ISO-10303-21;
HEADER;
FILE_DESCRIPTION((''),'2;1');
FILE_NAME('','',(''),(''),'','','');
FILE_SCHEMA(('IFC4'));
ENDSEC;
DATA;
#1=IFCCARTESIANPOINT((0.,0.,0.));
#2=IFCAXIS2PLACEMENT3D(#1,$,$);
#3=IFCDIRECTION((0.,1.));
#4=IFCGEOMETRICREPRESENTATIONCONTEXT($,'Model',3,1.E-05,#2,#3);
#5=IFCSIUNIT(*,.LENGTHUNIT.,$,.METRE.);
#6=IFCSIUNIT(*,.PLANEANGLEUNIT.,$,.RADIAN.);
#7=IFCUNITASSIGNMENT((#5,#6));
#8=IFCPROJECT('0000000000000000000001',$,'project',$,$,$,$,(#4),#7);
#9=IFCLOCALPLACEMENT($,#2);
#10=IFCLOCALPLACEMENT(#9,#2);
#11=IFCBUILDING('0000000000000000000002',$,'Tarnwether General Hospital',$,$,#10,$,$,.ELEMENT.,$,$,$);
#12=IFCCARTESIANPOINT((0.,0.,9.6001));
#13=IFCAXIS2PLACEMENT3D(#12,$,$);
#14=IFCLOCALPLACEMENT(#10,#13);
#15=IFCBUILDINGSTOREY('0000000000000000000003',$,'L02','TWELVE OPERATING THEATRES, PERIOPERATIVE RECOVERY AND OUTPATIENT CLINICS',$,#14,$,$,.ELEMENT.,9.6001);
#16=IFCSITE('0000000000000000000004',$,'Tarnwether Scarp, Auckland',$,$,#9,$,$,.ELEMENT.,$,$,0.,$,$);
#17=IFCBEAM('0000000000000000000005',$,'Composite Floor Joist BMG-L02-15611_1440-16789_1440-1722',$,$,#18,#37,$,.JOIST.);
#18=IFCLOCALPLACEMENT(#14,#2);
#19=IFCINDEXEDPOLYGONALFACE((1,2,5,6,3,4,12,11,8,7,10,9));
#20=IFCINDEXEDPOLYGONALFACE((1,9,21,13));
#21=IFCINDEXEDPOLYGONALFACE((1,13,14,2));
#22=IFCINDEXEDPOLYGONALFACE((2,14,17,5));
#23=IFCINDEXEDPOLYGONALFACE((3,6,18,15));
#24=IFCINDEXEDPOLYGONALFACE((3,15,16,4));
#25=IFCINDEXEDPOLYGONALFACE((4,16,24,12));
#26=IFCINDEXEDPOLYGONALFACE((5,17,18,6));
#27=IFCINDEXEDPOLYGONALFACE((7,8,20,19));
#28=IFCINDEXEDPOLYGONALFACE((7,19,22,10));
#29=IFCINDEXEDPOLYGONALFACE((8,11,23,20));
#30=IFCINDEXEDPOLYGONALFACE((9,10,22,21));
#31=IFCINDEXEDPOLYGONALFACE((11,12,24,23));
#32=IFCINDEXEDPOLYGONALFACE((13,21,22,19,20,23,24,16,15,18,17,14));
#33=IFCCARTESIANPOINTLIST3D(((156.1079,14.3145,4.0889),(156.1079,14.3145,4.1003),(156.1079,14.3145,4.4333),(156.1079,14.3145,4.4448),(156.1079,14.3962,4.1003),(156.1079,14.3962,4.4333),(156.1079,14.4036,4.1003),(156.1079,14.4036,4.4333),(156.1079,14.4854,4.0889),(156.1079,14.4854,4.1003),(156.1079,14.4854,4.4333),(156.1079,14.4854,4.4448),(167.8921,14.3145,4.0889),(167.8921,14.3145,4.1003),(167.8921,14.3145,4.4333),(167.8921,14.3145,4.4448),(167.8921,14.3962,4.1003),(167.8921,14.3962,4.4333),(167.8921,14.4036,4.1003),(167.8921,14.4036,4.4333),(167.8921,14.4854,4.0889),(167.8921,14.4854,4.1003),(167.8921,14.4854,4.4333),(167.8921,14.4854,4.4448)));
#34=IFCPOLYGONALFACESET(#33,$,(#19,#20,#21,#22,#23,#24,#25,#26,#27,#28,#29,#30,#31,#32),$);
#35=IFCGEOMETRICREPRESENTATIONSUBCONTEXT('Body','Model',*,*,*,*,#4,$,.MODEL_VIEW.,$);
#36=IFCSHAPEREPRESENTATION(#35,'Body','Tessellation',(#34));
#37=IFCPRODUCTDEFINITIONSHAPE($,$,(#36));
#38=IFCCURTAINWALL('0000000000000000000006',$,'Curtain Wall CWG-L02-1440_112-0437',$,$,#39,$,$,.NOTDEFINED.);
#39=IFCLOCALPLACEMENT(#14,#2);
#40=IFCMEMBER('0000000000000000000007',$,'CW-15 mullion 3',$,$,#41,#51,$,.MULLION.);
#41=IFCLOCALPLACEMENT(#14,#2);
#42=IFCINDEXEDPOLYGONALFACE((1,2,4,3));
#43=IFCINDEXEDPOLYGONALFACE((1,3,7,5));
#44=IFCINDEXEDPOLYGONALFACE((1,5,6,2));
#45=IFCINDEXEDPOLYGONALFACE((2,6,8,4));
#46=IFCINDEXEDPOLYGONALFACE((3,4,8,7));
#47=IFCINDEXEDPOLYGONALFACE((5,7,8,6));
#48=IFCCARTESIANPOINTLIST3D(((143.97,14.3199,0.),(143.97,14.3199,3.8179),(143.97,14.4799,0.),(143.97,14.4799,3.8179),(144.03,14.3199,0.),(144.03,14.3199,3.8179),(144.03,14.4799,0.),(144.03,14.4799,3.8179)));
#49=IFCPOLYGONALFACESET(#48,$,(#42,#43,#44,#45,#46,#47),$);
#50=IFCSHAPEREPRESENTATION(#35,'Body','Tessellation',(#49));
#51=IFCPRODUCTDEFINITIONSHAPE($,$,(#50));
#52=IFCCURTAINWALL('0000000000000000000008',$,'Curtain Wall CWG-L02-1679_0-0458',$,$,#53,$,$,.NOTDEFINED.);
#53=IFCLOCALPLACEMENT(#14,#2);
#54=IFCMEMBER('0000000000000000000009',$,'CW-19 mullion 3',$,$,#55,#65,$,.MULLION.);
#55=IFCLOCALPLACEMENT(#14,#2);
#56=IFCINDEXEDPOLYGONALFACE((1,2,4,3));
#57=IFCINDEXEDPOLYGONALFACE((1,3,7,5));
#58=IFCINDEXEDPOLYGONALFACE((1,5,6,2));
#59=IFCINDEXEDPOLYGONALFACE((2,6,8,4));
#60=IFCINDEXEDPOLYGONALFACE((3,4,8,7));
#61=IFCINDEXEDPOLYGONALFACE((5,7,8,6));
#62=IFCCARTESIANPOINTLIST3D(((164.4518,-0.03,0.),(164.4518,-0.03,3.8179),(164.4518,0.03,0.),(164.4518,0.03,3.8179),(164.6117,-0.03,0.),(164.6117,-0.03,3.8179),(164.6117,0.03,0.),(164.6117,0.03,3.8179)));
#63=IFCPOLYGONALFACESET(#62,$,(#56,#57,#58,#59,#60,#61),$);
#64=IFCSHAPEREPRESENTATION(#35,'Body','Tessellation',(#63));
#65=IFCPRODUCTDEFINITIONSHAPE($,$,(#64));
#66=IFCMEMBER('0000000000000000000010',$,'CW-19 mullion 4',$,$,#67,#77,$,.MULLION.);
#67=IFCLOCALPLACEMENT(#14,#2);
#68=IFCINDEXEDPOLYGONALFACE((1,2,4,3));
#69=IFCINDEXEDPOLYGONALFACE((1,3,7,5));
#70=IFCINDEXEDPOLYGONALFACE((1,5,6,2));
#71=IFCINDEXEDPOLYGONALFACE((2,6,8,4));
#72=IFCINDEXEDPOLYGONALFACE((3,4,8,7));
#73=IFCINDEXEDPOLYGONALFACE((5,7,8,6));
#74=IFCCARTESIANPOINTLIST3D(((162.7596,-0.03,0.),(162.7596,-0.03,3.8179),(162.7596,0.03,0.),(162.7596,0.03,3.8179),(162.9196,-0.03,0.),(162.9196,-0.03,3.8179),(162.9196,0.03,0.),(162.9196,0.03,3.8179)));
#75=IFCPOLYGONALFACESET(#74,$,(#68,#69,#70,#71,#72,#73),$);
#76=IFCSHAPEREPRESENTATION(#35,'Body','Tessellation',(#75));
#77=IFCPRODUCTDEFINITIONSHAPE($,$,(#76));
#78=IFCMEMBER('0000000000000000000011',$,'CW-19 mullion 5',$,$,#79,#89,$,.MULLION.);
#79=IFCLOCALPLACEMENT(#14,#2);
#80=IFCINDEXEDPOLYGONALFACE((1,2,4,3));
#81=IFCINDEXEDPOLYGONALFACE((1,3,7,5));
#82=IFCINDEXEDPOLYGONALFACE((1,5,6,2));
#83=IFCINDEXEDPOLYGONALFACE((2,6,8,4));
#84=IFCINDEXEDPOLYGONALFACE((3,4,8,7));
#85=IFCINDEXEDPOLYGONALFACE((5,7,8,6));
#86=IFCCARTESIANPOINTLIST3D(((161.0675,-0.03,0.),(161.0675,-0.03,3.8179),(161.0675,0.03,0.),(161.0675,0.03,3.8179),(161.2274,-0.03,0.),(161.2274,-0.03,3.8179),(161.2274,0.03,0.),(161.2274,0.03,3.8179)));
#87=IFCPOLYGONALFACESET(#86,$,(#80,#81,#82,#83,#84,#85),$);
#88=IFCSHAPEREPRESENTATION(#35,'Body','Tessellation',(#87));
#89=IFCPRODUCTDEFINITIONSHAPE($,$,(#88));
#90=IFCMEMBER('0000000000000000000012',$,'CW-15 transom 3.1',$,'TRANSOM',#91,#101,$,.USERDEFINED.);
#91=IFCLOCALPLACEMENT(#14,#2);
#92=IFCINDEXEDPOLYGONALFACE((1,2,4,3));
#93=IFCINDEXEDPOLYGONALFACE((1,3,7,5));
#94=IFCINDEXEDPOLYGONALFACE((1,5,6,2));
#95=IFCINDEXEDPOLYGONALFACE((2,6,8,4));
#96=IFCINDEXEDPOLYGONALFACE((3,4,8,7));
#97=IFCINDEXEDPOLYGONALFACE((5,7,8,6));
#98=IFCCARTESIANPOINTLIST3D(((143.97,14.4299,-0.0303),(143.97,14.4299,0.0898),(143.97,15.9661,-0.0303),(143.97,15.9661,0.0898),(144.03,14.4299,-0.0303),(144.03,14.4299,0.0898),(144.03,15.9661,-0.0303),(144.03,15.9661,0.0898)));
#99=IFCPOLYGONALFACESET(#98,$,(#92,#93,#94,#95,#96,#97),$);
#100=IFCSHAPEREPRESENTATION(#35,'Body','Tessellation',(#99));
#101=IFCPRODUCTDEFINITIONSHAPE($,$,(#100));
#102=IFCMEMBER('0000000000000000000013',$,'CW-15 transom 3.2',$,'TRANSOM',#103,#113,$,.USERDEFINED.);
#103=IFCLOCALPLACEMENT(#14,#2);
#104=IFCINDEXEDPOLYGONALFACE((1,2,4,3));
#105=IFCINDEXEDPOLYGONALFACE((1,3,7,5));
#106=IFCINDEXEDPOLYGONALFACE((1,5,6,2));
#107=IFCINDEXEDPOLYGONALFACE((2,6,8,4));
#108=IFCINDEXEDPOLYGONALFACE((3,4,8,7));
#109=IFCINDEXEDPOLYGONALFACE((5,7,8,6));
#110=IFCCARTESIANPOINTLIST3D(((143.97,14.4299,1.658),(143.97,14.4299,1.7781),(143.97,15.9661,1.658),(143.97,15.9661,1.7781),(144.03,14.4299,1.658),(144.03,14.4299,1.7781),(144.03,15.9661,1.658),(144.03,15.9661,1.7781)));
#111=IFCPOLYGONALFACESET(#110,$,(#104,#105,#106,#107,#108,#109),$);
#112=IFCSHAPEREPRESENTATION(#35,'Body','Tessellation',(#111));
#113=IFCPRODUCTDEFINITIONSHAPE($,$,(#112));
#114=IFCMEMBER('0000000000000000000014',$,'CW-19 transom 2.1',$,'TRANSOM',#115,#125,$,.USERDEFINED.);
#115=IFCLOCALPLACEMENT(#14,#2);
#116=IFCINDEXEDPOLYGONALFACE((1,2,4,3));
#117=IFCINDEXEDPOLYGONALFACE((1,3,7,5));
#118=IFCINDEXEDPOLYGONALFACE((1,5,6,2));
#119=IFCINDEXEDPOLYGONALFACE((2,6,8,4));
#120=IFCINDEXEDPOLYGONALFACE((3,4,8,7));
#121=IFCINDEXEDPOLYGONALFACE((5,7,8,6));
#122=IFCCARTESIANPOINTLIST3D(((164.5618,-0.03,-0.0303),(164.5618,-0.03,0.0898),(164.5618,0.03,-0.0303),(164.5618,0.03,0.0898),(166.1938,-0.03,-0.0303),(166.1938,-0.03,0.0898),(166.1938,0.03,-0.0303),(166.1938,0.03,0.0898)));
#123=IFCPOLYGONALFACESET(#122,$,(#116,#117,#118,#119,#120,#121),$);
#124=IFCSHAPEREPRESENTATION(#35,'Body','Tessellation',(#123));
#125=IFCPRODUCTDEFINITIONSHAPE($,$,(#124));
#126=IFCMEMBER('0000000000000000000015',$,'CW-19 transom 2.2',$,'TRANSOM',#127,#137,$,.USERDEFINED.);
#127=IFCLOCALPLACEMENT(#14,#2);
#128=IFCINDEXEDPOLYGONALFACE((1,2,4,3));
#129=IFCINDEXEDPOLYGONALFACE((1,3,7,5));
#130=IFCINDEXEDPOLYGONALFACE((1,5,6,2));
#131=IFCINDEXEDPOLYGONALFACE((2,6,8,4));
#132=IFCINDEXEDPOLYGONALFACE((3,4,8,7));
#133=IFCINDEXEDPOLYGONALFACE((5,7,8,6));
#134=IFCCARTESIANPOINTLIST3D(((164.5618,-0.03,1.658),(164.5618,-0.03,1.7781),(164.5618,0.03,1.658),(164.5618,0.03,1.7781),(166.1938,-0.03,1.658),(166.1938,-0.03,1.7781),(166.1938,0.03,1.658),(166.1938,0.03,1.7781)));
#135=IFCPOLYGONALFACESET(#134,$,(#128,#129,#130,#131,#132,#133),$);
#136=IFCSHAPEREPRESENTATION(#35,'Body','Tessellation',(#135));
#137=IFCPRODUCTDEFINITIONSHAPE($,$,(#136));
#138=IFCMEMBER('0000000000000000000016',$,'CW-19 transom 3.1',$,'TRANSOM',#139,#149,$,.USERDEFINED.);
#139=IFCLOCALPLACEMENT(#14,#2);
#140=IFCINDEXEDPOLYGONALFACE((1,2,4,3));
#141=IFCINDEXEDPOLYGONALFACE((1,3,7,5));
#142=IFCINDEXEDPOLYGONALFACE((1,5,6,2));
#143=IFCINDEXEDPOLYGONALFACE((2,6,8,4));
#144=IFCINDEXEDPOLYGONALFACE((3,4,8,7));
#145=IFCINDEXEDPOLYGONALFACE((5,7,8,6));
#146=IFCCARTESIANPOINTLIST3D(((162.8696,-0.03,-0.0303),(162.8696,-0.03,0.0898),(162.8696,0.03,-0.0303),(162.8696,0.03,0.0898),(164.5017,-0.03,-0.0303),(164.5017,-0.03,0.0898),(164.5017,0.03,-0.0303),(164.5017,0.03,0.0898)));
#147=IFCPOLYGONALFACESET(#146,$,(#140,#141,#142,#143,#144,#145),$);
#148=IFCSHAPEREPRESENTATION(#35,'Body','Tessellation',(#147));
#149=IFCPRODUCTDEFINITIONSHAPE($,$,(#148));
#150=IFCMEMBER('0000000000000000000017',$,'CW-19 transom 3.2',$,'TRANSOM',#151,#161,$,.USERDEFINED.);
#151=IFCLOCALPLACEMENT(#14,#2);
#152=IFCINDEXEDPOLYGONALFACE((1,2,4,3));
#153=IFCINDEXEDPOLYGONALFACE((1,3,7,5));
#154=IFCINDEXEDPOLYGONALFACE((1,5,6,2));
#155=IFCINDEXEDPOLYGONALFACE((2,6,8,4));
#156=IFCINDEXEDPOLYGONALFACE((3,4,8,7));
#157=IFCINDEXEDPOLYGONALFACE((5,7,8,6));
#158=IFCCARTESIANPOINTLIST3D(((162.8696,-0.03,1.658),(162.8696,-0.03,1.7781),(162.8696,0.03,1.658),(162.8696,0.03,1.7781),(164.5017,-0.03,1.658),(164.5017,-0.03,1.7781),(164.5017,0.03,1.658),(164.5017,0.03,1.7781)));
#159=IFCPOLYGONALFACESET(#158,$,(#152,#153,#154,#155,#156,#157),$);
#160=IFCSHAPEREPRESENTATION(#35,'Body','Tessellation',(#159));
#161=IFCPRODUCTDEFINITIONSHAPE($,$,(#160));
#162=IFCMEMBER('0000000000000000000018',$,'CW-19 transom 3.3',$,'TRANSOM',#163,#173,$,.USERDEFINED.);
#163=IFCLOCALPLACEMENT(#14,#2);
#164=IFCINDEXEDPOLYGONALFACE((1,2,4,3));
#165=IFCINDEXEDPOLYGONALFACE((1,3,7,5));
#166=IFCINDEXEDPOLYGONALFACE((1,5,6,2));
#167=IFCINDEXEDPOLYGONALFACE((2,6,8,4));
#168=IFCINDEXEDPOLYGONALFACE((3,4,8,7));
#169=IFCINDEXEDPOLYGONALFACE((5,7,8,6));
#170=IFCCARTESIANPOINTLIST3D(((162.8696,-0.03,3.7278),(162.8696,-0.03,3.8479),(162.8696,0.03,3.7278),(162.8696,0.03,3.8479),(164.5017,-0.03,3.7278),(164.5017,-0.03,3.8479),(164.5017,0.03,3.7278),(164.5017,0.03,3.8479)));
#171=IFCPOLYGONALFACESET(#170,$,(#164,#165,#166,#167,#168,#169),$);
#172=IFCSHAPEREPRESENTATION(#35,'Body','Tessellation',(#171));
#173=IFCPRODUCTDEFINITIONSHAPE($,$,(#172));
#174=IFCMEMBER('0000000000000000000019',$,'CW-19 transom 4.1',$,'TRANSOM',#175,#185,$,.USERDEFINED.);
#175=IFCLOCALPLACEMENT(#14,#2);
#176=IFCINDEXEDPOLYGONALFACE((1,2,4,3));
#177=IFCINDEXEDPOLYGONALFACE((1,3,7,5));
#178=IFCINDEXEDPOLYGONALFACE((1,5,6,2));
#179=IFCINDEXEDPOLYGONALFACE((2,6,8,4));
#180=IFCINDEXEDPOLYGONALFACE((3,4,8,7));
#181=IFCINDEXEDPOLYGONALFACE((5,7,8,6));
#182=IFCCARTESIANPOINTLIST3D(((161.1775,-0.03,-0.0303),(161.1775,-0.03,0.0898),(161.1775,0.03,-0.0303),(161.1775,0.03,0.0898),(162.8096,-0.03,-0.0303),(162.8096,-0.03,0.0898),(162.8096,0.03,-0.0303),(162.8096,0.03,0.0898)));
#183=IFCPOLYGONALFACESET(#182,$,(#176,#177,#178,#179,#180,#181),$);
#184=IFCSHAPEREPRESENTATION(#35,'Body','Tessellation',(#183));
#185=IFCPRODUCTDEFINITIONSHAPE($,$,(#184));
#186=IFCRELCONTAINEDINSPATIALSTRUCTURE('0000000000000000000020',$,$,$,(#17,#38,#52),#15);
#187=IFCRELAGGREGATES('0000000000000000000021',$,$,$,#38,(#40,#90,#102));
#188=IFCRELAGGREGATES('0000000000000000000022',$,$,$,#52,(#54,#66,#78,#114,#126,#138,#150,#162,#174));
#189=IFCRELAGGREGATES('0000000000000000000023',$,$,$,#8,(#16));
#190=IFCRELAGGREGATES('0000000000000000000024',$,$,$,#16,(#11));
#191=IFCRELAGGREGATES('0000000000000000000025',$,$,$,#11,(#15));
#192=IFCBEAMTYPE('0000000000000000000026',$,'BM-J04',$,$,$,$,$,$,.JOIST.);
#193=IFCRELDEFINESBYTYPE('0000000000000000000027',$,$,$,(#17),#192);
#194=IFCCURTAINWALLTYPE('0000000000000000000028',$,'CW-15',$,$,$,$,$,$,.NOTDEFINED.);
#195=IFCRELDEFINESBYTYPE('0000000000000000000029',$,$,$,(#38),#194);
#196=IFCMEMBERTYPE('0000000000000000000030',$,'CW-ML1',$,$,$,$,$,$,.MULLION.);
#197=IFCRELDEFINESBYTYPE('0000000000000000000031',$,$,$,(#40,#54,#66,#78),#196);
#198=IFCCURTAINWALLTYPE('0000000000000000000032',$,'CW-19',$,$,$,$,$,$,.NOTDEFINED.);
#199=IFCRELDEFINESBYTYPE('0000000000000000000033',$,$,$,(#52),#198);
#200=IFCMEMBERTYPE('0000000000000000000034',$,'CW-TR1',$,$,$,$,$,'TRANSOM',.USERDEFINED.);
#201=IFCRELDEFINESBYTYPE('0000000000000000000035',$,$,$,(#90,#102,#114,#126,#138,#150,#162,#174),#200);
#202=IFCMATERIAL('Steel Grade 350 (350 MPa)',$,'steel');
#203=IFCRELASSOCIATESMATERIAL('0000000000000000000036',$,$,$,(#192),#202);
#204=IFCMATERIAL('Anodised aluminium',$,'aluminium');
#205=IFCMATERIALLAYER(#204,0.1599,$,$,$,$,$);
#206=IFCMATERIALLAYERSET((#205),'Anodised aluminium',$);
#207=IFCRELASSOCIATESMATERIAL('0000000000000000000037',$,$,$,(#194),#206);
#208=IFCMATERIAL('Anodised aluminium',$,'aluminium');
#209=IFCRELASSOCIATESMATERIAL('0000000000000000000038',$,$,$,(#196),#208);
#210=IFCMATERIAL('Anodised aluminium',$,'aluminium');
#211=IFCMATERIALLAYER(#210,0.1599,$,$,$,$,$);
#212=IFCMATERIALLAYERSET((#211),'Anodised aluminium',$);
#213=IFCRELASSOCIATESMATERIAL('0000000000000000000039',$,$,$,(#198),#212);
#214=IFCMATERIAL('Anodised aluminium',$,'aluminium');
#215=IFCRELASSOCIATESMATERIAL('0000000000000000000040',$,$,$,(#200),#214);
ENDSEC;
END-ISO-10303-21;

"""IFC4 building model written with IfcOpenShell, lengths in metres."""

from ifc_helpers import new_model, si_unit, direction, frame, origin, origin_2d, place, context, subcontext, project, spatial, rectangle, i_section, extrude, material, layer, layer_set, material_profile, profile_set, type_object, element, aggregate, save


model = new_model("IFC4")

# Units and contexts
model_context = context("Model", 3, precision=1e-05, world=origin(), true_north=direction((0.0, 1.0)))
body_context = subcontext(model_context, "Body", "Model", "MODEL_VIEW")
ifc_project = project(units=[si_unit("LENGTHUNIT", "METRE"), si_unit("PLANEANGLEUNIT", "RADIAN")], contexts=[model_context])

# Site, building, storey
site_placement = place(None, origin())
site = spatial("IfcSite", under=ifc_project, at=site_placement, Name="Tarnwether Scarp, Auckland", CompositionType="ELEMENT", RefElevation=0.0)
building_placement = place(site_placement, origin())
building = spatial("IfcBuilding", under=site, at=building_placement, Name="Tarnwether General Hospital", CompositionType="ELEMENT")
storey_placement = place(building_placement, frame((0.0, 0.0, 9.6001)))
storey = spatial("IfcBuildingStorey", under=building, at=storey_placement, Name="L02", Description="TWELVE OPERATING THEATRES, PERIOPERATIVE RECOVERY AND OUTPATIENT CLINICS", CompositionType="ELEMENT", Elevation=9.6001)

# Beam
ifc_material_1 = material(Name="Steel Grade 350 (350 MPa)", Category="steel")
ifc_material_profile_1 = material_profile(ifc_material_1, i_section(OverallWidth=0.1709, OverallDepth=0.356, WebThickness=0.0073, FlangeThickness=0.0115, at=origin_2d()), Name="360UB50.7")
ifc_profile_set_1 = profile_set([ifc_material_profile_1], Name="Steel Grade 350 (350 MPa)")
beam_type_1 = type_object("IfcBeamType", Name="BM-J04", PredefinedType="JOIST", material=ifc_profile_set_1)
for number, where, z_axis, x_axis, name in (
    (1, (156.1079, 14.3999, 4.2668), (1.0, 0.0, 0.0), (0.0, 1.0, 0.0), "Composite Floor Joist BMG-L02-15611_1440-16789_1440-1722"),
):
    element("IfcBeam", number, at=place(storey_placement, frame(where, z_axis=z_axis, x_axis=x_axis)), inside=storey, type_object=beam_type_1, Name=name, PredefinedType="JOIST", context=body_context, shape_type="SweptSolid", body=[
        extrude(i_section(OverallWidth=0.1709, OverallDepth=0.356, WebThickness=0.0073, FlangeThickness=0.0115, at=origin_2d()), origin(), (0.0, 0.0, 1.0), 11.7842),
    ])

# Curtain wall, member
ifc_material_2 = material(Name="Anodised aluminium", Category="aluminium")
ifc_layer_1 = layer(ifc_material_2, 0.1599)
ifc_layer_set_1 = layer_set([ifc_layer_1], Name="Anodised aluminium")
curtain_wall_type_1 = type_object("IfcCurtainWallType", Name="CW-15", PredefinedType="NOTDEFINED", material=ifc_layer_set_1)
curtain_wall_1_placement = place(storey_placement, origin())
curtain_wall_1 = element("IfcCurtainWall", 2, at=curtain_wall_1_placement, inside=storey, type_object=curtain_wall_type_1, Name="Curtain Wall CWG-L02-1440_112-0437", PredefinedType="NOTDEFINED")
ifc_material_3 = material(Name="Anodised aluminium", Category="aluminium")
ifc_material_profile_2 = material_profile(ifc_material_3, rectangle(XDim=0.0601, YDim=0.1599, at=origin_2d()), Name="ALU-MUL-60x160")
ifc_profile_set_2 = profile_set([ifc_material_profile_2], Name="Anodised aluminium")
member_type_1 = type_object("IfcMemberType", Name="CW-ML1", PredefinedType="MULLION", material=ifc_profile_set_2)
member_1_placement = place(storey_placement, frame((144.0, 14.3999, 0.0), z_axis=(0.0, 0.0, 1.0), x_axis=(-1.0, 0.0, 0.0)))
member_1 = element("IfcMember", 3, at=member_1_placement, type_object=member_type_1, Name="CW-15 mullion 3", PredefinedType="MULLION", context=body_context, shape_type="SweptSolid", body=[
    extrude(rectangle(XDim=0.0601, YDim=0.1599, at=origin_2d()), origin(), (0.0, 0.0, 1.0), 3.8179),
])

# Curtain wall, members
ifc_material_4 = material(Name="Anodised aluminium", Category="aluminium")
ifc_layer_2 = layer(ifc_material_4, 0.1599)
ifc_layer_set_2 = layer_set([ifc_layer_2], Name="Anodised aluminium")
curtain_wall_type_2 = type_object("IfcCurtainWallType", Name="CW-19", PredefinedType="NOTDEFINED", material=ifc_layer_set_2)
curtain_wall_2_placement = place(storey_placement, origin())
curtain_wall_2 = element("IfcCurtainWall", 4, at=curtain_wall_2_placement, inside=storey, type_object=curtain_wall_type_2, Name="Curtain Wall CWG-L02-1679_0-0458", PredefinedType="NOTDEFINED")
member_2_placement = place(storey_placement, frame((164.5317, 0.0, 0.0), z_axis=(0.0, 0.0, 1.0), x_axis=(0.0, -1.0, 0.0)))
member_2 = element("IfcMember", 5, at=member_2_placement, type_object=member_type_1, Name="CW-19 mullion 3", PredefinedType="MULLION", context=body_context, shape_type="SweptSolid", body=[
    extrude(rectangle(XDim=0.0601, YDim=0.1599, at=origin_2d()), origin(), (0.0, 0.0, 1.0), 3.8179),
])
member_3_placement = place(storey_placement, frame((162.8396, 0.0, 0.0), z_axis=(0.0, 0.0, 1.0), x_axis=(0.0, -1.0, 0.0)))
member_3 = element("IfcMember", 6, at=member_3_placement, type_object=member_type_1, Name="CW-19 mullion 4", PredefinedType="MULLION", context=body_context, shape_type="SweptSolid", body=[
    extrude(rectangle(XDim=0.0601, YDim=0.1599, at=origin_2d()), origin(), (0.0, 0.0, 1.0), 3.8179),
])
member_4_placement = place(storey_placement, frame((161.1475, 0.0, 0.0), z_axis=(0.0, 0.0, 1.0), x_axis=(0.0, -1.0, 0.0)))
member_4 = element("IfcMember", 7, at=member_4_placement, type_object=member_type_1, Name="CW-19 mullion 5", PredefinedType="MULLION", context=body_context, shape_type="SweptSolid", body=[
    extrude(rectangle(XDim=0.0601, YDim=0.1599, at=origin_2d()), origin(), (0.0, 0.0, 1.0), 3.8179),
])

# Members
ifc_material_5 = material(Name="Anodised aluminium", Category="aluminium")
ifc_material_profile_3 = material_profile(ifc_material_5, rectangle(XDim=0.0601, YDim=0.1201, at=origin_2d()), Name="ALU-TRN-60x120")
ifc_profile_set_3 = profile_set([ifc_material_profile_3], Name="Anodised aluminium")
member_type_2 = type_object("IfcMemberType", Name="CW-TR1", ElementType="TRANSOM", PredefinedType="USERDEFINED", material=ifc_profile_set_3)
member_5_placement = place(storey_placement, frame((144.0, 14.4299, 0.0298), z_axis=(0.0, 1.0, 0.0), x_axis=(-1.0, 0.0, 0.0)))
member_5 = element("IfcMember", 8, at=member_5_placement, type_object=member_type_2, Name="CW-15 transom 3.1", ObjectType="TRANSOM", PredefinedType="USERDEFINED", context=body_context, shape_type="SweptSolid", body=[
    extrude(rectangle(XDim=0.0601, YDim=0.1201, at=origin_2d()), origin(), (0.0, 0.0, 1.0), 1.5361),
])
member_6_placement = place(storey_placement, frame((144.0, 14.4299, 1.718), z_axis=(0.0, 1.0, 0.0), x_axis=(-1.0, 0.0, 0.0)))
member_6 = element("IfcMember", 9, at=member_6_placement, type_object=member_type_2, Name="CW-15 transom 3.2", ObjectType="TRANSOM", PredefinedType="USERDEFINED", context=body_context, shape_type="SweptSolid", body=[
    extrude(rectangle(XDim=0.0601, YDim=0.1201, at=origin_2d()), origin(), (0.0, 0.0, 1.0), 1.5361),
])
member_7_placement = place(storey_placement, frame((166.1938, 0.0, 0.0298), z_axis=(-1.0, 0.0, 0.0), x_axis=(0.0, -1.0, 0.0)))
member_7 = element("IfcMember", 10, at=member_7_placement, type_object=member_type_2, Name="CW-19 transom 2.1", ObjectType="TRANSOM", PredefinedType="USERDEFINED", context=body_context, shape_type="SweptSolid", body=[
    extrude(rectangle(XDim=0.0601, YDim=0.1201, at=origin_2d()), origin(), (0.0, 0.0, 1.0), 1.6321),
])
member_8_placement = place(storey_placement, frame((166.1938, 0.0, 1.718), z_axis=(-1.0, 0.0, 0.0), x_axis=(0.0, -1.0, 0.0)))
member_8 = element("IfcMember", 11, at=member_8_placement, type_object=member_type_2, Name="CW-19 transom 2.2", ObjectType="TRANSOM", PredefinedType="USERDEFINED", context=body_context, shape_type="SweptSolid", body=[
    extrude(rectangle(XDim=0.0601, YDim=0.1201, at=origin_2d()), origin(), (0.0, 0.0, 1.0), 1.6321),
])
member_9_placement = place(storey_placement, frame((164.5017, 0.0, 0.0298), z_axis=(-1.0, 0.0, 0.0), x_axis=(0.0, -1.0, 0.0)))
member_9 = element("IfcMember", 12, at=member_9_placement, type_object=member_type_2, Name="CW-19 transom 3.1", ObjectType="TRANSOM", PredefinedType="USERDEFINED", context=body_context, shape_type="SweptSolid", body=[
    extrude(rectangle(XDim=0.0601, YDim=0.1201, at=origin_2d()), origin(), (0.0, 0.0, 1.0), 1.6321),
])
member_10_placement = place(storey_placement, frame((164.5017, 0.0, 1.718), z_axis=(-1.0, 0.0, 0.0), x_axis=(0.0, -1.0, 0.0)))
member_10 = element("IfcMember", 13, at=member_10_placement, type_object=member_type_2, Name="CW-19 transom 3.2", ObjectType="TRANSOM", PredefinedType="USERDEFINED", context=body_context, shape_type="SweptSolid", body=[
    extrude(rectangle(XDim=0.0601, YDim=0.1201, at=origin_2d()), origin(), (0.0, 0.0, 1.0), 1.6321),
])
member_11_placement = place(storey_placement, frame((164.5017, 0.0, 3.7878), z_axis=(-1.0, 0.0, 0.0), x_axis=(0.0, -1.0, 0.0)))
member_11 = element("IfcMember", 14, at=member_11_placement, type_object=member_type_2, Name="CW-19 transom 3.3", ObjectType="TRANSOM", PredefinedType="USERDEFINED", context=body_context, shape_type="SweptSolid", body=[
    extrude(rectangle(XDim=0.0601, YDim=0.1201, at=origin_2d()), origin(), (0.0, 0.0, 1.0), 1.6321),
])
member_12_placement = place(storey_placement, frame((162.8096, 0.0, 0.0298), z_axis=(-1.0, 0.0, 0.0), x_axis=(0.0, -1.0, 0.0)))
member_12 = element("IfcMember", 15, at=member_12_placement, type_object=member_type_2, Name="CW-19 transom 4.1", ObjectType="TRANSOM", PredefinedType="USERDEFINED", context=body_context, shape_type="SweptSolid", body=[
    extrude(rectangle(XDim=0.0601, YDim=0.1201, at=origin_2d()), origin(), (0.0, 0.0, 1.0), 1.6321),
])

aggregate(curtain_wall_1, [member_1, member_5, member_6])
aggregate(curtain_wall_2, [member_2, member_3, member_4, member_7, member_8, member_9, member_10, member_11, member_12])

save(model, "model.ifc")
